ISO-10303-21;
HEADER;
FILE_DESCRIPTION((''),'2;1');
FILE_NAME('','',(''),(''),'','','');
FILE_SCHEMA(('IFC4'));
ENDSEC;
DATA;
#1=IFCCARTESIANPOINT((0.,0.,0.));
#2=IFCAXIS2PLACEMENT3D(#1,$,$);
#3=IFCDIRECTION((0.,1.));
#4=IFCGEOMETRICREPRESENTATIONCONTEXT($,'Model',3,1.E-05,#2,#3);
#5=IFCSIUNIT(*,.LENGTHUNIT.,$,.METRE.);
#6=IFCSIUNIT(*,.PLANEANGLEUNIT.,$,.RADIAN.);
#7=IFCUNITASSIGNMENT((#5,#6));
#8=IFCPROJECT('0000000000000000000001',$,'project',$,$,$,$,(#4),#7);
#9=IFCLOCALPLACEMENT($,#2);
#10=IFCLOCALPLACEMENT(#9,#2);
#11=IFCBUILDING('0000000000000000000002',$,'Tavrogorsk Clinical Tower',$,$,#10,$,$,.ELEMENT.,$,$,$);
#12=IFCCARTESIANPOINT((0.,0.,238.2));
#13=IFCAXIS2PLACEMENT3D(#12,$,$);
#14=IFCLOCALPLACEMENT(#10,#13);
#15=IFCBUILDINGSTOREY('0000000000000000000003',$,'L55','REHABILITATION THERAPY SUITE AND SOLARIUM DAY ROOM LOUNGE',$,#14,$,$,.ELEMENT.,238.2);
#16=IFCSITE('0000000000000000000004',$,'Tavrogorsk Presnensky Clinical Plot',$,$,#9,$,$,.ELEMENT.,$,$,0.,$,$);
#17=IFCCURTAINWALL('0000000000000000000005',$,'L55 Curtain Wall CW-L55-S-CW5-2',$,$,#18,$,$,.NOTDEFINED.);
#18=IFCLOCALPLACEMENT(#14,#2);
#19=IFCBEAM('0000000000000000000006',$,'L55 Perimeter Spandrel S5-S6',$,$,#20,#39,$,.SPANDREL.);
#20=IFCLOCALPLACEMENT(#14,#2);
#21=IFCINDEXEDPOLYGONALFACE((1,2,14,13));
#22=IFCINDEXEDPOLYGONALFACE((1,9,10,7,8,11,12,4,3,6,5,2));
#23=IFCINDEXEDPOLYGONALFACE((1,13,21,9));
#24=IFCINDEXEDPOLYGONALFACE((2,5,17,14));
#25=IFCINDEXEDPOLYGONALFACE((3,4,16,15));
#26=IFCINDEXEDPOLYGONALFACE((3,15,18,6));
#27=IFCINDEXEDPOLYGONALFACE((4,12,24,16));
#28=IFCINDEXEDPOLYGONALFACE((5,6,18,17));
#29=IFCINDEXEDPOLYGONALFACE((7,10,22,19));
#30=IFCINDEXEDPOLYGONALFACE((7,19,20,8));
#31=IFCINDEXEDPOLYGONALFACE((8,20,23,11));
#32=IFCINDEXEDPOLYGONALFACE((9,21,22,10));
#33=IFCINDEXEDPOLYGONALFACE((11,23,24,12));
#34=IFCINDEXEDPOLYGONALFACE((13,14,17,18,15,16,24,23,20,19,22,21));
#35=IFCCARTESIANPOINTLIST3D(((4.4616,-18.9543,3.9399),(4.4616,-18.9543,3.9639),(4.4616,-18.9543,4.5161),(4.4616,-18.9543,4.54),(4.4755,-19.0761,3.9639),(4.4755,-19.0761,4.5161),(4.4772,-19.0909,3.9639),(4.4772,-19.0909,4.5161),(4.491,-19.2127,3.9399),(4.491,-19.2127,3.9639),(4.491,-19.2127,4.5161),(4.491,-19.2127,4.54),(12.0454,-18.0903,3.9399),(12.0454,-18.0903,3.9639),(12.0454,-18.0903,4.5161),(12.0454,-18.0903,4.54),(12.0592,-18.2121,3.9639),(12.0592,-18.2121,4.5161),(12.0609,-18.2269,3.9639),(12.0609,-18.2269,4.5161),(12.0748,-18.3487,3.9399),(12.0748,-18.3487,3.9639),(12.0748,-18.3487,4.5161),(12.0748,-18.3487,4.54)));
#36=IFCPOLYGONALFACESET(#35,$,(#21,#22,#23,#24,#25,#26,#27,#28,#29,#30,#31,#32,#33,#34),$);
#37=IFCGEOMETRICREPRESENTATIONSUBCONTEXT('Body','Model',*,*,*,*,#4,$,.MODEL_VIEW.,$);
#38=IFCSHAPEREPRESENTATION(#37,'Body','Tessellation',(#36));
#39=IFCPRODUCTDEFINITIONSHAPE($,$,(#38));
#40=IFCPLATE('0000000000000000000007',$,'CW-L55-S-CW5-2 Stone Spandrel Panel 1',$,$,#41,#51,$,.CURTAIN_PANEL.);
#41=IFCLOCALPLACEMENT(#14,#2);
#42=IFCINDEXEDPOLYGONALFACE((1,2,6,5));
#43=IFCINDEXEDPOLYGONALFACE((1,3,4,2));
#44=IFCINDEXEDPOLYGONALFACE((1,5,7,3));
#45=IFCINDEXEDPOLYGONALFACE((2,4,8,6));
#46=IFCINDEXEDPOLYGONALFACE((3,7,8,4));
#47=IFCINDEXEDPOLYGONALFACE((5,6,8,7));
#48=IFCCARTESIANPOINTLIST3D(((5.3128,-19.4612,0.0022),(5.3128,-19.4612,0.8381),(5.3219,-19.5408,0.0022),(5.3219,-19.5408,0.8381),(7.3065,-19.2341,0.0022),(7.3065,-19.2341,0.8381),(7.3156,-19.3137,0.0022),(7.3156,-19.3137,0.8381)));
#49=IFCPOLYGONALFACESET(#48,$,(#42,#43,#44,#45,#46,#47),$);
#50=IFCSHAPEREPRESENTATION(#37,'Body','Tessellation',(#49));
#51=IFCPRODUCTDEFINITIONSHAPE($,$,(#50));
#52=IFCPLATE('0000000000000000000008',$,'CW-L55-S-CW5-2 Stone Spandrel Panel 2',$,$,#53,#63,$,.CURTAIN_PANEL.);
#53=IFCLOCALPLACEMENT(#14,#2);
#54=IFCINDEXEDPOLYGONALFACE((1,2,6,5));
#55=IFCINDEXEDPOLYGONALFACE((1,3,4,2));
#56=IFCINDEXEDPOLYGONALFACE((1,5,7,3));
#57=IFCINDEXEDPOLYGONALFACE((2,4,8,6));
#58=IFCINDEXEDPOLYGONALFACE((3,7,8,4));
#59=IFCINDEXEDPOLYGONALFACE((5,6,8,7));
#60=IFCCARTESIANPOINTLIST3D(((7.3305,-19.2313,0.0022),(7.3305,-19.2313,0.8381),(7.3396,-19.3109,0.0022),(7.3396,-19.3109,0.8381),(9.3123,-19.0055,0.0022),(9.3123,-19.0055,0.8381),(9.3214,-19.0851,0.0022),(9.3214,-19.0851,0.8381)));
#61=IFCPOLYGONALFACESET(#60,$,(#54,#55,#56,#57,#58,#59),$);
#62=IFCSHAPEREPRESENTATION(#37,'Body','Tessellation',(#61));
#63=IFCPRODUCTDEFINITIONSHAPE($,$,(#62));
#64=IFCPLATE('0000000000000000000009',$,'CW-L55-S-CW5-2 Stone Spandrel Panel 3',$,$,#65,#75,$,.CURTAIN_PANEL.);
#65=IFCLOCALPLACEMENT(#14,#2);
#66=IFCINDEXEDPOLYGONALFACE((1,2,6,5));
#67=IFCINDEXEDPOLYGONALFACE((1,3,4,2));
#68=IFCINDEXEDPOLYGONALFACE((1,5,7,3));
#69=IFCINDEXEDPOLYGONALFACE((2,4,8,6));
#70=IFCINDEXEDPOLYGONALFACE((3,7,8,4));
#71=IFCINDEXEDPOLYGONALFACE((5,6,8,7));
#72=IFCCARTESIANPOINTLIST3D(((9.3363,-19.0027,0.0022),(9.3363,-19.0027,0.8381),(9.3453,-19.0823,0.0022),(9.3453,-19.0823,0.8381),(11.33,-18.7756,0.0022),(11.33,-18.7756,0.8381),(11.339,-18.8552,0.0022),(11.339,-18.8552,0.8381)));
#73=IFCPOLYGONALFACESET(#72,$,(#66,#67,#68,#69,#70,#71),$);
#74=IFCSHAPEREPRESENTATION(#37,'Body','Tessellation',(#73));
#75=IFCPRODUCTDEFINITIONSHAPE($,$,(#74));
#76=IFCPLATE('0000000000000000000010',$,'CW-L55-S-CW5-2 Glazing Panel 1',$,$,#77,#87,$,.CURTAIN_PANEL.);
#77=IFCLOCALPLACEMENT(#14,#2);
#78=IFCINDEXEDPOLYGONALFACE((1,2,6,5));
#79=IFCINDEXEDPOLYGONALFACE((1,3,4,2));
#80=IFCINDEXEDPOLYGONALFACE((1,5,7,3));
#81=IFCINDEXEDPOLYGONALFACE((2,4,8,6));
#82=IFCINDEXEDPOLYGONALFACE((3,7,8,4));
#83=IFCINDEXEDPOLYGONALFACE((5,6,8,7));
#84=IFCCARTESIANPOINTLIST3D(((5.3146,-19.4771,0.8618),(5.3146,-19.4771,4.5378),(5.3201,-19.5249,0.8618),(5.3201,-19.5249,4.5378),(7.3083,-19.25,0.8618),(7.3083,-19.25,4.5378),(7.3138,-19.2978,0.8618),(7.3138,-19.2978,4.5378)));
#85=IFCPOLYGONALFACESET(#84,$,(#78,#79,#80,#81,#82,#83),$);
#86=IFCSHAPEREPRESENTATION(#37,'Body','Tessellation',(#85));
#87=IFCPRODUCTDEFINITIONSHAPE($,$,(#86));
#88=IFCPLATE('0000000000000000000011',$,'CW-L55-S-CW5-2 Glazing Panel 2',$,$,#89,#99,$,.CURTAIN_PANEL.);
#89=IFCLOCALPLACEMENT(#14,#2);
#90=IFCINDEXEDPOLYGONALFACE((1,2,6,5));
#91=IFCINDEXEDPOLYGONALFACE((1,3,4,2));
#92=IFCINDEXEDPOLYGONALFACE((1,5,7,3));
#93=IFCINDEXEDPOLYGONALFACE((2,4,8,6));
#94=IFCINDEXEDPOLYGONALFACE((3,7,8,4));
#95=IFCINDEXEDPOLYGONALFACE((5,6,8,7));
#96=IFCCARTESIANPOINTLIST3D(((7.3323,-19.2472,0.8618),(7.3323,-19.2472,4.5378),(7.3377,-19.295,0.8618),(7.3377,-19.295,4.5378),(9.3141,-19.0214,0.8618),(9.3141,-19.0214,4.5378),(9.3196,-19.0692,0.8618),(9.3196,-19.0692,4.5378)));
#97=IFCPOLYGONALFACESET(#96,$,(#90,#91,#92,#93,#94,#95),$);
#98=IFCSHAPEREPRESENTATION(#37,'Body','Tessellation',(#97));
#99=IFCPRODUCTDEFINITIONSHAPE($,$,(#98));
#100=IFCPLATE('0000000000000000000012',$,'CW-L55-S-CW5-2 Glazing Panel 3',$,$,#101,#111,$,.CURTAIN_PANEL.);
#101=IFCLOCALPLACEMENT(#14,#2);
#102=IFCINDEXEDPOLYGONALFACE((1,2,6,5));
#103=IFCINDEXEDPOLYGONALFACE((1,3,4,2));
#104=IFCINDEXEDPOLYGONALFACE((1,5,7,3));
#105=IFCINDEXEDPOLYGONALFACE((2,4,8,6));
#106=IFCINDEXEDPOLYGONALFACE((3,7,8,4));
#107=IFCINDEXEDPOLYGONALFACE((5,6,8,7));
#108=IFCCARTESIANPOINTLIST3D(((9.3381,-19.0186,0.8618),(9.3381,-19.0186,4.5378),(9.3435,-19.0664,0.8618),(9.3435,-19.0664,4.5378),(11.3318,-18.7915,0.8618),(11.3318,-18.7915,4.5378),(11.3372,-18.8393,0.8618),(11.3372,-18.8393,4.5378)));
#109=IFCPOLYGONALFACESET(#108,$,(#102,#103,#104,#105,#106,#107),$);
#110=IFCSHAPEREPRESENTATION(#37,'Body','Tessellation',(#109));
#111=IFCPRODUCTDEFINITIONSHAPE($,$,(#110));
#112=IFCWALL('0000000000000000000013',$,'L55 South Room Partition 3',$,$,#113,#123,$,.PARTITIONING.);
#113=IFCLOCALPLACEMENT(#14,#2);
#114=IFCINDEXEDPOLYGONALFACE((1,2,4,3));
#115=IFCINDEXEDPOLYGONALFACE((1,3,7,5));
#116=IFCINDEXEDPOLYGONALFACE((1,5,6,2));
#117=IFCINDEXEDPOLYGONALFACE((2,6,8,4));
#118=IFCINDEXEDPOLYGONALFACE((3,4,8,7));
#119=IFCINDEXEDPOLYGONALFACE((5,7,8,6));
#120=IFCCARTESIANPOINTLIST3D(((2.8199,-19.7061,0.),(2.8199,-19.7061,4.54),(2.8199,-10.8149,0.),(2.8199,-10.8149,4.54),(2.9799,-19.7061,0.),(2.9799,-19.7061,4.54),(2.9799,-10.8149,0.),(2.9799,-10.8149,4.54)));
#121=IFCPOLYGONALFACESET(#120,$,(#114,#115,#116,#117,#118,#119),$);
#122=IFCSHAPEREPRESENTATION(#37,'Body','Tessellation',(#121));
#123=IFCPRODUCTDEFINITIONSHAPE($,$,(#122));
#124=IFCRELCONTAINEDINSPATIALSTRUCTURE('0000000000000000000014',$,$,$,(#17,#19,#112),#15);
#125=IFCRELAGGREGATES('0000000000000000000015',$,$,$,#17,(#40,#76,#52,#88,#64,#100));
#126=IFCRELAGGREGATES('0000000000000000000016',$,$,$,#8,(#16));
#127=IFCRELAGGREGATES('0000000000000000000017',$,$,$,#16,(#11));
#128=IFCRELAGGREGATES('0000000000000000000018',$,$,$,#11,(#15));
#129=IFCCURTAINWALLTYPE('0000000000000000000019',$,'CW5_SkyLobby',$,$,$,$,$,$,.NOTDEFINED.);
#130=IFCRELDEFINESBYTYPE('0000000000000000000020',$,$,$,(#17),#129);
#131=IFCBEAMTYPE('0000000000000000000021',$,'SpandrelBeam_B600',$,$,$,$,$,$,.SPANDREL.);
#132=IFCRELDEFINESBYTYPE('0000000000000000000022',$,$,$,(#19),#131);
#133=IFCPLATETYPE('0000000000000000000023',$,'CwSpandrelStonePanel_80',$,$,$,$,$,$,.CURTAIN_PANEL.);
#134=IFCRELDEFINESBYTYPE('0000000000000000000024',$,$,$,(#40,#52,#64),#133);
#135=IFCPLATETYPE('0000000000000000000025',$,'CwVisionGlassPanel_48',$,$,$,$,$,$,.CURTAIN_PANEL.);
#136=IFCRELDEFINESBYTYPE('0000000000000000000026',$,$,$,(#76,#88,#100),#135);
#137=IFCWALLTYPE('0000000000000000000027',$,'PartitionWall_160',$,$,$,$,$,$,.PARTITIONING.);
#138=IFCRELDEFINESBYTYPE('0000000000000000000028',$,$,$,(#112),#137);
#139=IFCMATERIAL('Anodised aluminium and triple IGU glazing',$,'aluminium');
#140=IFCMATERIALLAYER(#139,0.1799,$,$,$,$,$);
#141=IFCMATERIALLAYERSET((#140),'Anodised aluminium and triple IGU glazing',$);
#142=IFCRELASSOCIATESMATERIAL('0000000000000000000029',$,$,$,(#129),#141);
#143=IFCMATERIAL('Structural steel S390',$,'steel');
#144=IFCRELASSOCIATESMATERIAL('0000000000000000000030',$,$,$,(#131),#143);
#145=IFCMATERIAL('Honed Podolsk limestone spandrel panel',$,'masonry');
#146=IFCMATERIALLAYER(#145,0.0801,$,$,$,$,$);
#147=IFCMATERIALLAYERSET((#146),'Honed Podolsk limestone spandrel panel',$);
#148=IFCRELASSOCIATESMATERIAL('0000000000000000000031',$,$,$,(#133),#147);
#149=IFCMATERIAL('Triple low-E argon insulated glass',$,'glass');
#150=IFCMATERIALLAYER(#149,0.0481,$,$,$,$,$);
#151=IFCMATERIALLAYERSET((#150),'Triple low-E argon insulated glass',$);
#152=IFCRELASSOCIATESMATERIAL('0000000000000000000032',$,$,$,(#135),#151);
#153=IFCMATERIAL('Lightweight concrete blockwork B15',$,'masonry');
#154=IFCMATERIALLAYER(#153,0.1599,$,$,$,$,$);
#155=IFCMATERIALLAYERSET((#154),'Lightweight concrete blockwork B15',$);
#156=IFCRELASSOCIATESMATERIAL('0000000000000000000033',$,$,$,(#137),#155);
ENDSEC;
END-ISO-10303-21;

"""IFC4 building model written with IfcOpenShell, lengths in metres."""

from ifc_helpers import new_model, si_unit, direction, frame, frame_2d, origin, origin_2d, place, context, subcontext, project, spatial, rectangle, i_section, extrude, material, layer, layer_set, material_profile, profile_set, type_object, element, aggregate, save


model = new_model("IFC4")

# Units and contexts
model_context = context("Model", 3, precision=1e-05, world=origin(), true_north=direction((0.0, 1.0)))
body_context = subcontext(model_context, "Body", "Model", "MODEL_VIEW")
ifc_project = project(units=[si_unit("LENGTHUNIT", "METRE"), si_unit("PLANEANGLEUNIT", "RADIAN")], contexts=[model_context])

# Site, building, storey
site_placement = place(None, origin())
site = spatial("IfcSite", under=ifc_project, at=site_placement, Name="Tavrogorsk Presnensky Clinical Plot", CompositionType="ELEMENT", RefElevation=0.0)
building_placement = place(site_placement, origin())
building = spatial("IfcBuilding", under=site, at=building_placement, Name="Tavrogorsk Clinical Tower", CompositionType="ELEMENT")
storey_placement = place(building_placement, frame((0.0, 0.0, 238.2)))
storey = spatial("IfcBuildingStorey", under=building, at=storey_placement, Name="L55", Description="REHABILITATION THERAPY SUITE AND SOLARIUM DAY ROOM LOUNGE", CompositionType="ELEMENT", Elevation=238.2)

# Curtain wall
ifc_material_1 = material(Name="Anodised aluminium and triple IGU glazing", Category="aluminium")
ifc_layer_1 = layer(ifc_material_1, 0.1799)
ifc_layer_set_1 = layer_set([ifc_layer_1], Name="Anodised aluminium and triple IGU glazing")
curtain_wall_type = type_object("IfcCurtainWallType", Name="CW5_SkyLobby", PredefinedType="NOTDEFINED", material=ifc_layer_set_1)
curtain_wall_placement = place(storey_placement, origin())
curtain_wall = element("IfcCurtainWall", 1, at=curtain_wall_placement, inside=storey, type_object=curtain_wall_type, Name="L55 Curtain Wall CW-L55-S-CW5-2", PredefinedType="NOTDEFINED")

# Beam
ifc_material_2 = material(Name="Structural steel S390", Category="steel")
ifc_material_profile_1 = material_profile(ifc_material_2, i_section(OverallWidth=0.26, OverallDepth=0.6001, WebThickness=0.0149, FlangeThickness=0.0239, at=origin_2d()), Name="B-600x260x15x24")
ifc_profile_set_1 = profile_set([ifc_material_profile_1], Name="Structural steel S390")
beam_type = type_object("IfcBeamType", Name="SpandrelBeam_B600", PredefinedType="SPANDREL", material=ifc_profile_set_1)
beam_placement = place(storey_placement, frame((4.4763, -19.0835, 4.24), z_axis=(0.993573, 0.113197, 0.0), x_axis=(-0.113197, 0.993573, 0.0)))
element("IfcBeam", 2, at=beam_placement, inside=storey, type_object=beam_type, Name="L55 Perimeter Spandrel S5-S6", PredefinedType="SPANDREL", context=body_context, shape_type="SweptSolid", body=[
    extrude(i_section(OverallWidth=0.26, OverallDepth=0.6001, WebThickness=0.0149, FlangeThickness=0.0239, at=origin_2d()), origin(), (0.0, 0.0, 1.0), 7.6328),
])

# Plates
ifc_material_3 = material(Name="Honed Podolsk limestone spandrel panel", Category="masonry")
ifc_layer_2 = layer(ifc_material_3, 0.0801)
ifc_layer_set_2 = layer_set([ifc_layer_2], Name="Honed Podolsk limestone spandrel panel")
plate_type_1 = type_object("IfcPlateType", Name="CwSpandrelStonePanel_80", PredefinedType="CURTAIN_PANEL", material=ifc_layer_set_2)
plate_1_placement = place(storey_placement, frame((6.3142, -19.3875, 0.0022), z_axis=(0.0, 0.0, 1.0), x_axis=(0.993572, 0.113203, 0.0)))
plate_1 = element("IfcPlate", 3, at=plate_1_placement, type_object=plate_type_1, Name="CW-L55-S-CW5-2 Stone Spandrel Panel 1", PredefinedType="CURTAIN_PANEL", context=body_context, shape_type="SweptSolid", body=[
    extrude(rectangle(XDim=2.0066, YDim=0.0801, at=origin_2d()), origin(), (0.0, 0.0, 1.0), 0.8359),
])
plate_2_placement = place(storey_placement, frame((8.3259, -19.1582, 0.0022), z_axis=(0.0, 0.0, 1.0), x_axis=(0.993572, 0.113203, 0.0)))
plate_2 = element("IfcPlate", 4, at=plate_2_placement, type_object=plate_type_1, Name="CW-L55-S-CW5-2 Stone Spandrel Panel 2", PredefinedType="CURTAIN_PANEL", context=body_context, shape_type="SweptSolid", body=[
    extrude(rectangle(XDim=1.9946, YDim=0.0801, at=origin_2d()), origin(), (0.0, 0.0, 1.0), 0.8359),
])
plate_3_placement = place(storey_placement, frame((10.3376, -18.929, 0.0022), z_axis=(0.0, 0.0, 1.0), x_axis=(0.993572, 0.113203, 0.0)))
plate_3 = element("IfcPlate", 5, at=plate_3_placement, type_object=plate_type_1, Name="CW-L55-S-CW5-2 Stone Spandrel Panel 3", PredefinedType="CURTAIN_PANEL", context=body_context, shape_type="SweptSolid", body=[
    extrude(rectangle(XDim=2.0066, YDim=0.0801, at=origin_2d()), origin(), (0.0, 0.0, 1.0), 0.8359),
])
ifc_material_4 = material(Name="Triple low-E argon insulated glass", Category="glass")
ifc_layer_3 = layer(ifc_material_4, 0.0481)
ifc_layer_set_3 = layer_set([ifc_layer_3], Name="Triple low-E argon insulated glass")
plate_type_2 = type_object("IfcPlateType", Name="CwVisionGlassPanel_48", PredefinedType="CURTAIN_PANEL", material=ifc_layer_set_3)
plate_4_placement = place(storey_placement, frame((6.3142, -19.3875, 0.8618), z_axis=(0.0, 0.0, 1.0), x_axis=(0.993572, 0.113203, 0.0)))
plate_4 = element("IfcPlate", 6, at=plate_4_placement, type_object=plate_type_2, Name="CW-L55-S-CW5-2 Glazing Panel 1", PredefinedType="CURTAIN_PANEL", context=body_context, shape_type="SweptSolid", body=[
    extrude(rectangle(XDim=2.0066, YDim=0.0481, at=origin_2d()), origin(), (0.0, 0.0, 1.0), 3.676),
])
plate_5_placement = place(storey_placement, frame((8.3259, -19.1582, 0.8618), z_axis=(0.0, 0.0, 1.0), x_axis=(0.993572, 0.113203, 0.0)))
plate_5 = element("IfcPlate", 7, at=plate_5_placement, type_object=plate_type_2, Name="CW-L55-S-CW5-2 Glazing Panel 2", PredefinedType="CURTAIN_PANEL", context=body_context, shape_type="SweptSolid", body=[
    extrude(rectangle(XDim=1.9946, YDim=0.0481, at=origin_2d()), origin(), (0.0, 0.0, 1.0), 3.676),
])
plate_6_placement = place(storey_placement, frame((10.3376, -18.929, 0.8618), z_axis=(0.0, 0.0, 1.0), x_axis=(0.993572, 0.113203, 0.0)))
plate_6 = element("IfcPlate", 8, at=plate_6_placement, type_object=plate_type_2, Name="CW-L55-S-CW5-2 Glazing Panel 3", PredefinedType="CURTAIN_PANEL", context=body_context, shape_type="SweptSolid", body=[
    extrude(rectangle(XDim=2.0066, YDim=0.0481, at=origin_2d()), origin(), (0.0, 0.0, 1.0), 3.676),
])
aggregate(curtain_wall, [plate_1, plate_4, plate_2, plate_5, plate_3, plate_6])

# Wall
ifc_material_5 = material(Name="Lightweight concrete blockwork B15", Category="masonry")
ifc_layer_4 = layer(ifc_material_5, 0.1599)
ifc_layer_set_4 = layer_set([ifc_layer_4], Name="Lightweight concrete blockwork B15")
wall_type_1 = type_object("IfcWallType", Name="PartitionWall_160", PredefinedType="PARTITIONING", material=ifc_layer_set_4)
wall_1_placement = place(storey_placement, frame((2.8999, -19.7061, 0.0), z_axis=(0.0, 0.0, 1.0), x_axis=(0.0, 1.0, 0.0)))
element("IfcWall", 9, at=wall_1_placement, inside=storey, type_object=wall_type_1, Name="L55 South Room Partition 3", PredefinedType="PARTITIONING", context=body_context, shape_type="SweptSolid", body=[
    extrude(rectangle(XDim=8.8911, YDim=0.1599, at=frame_2d((4.4456, 0.0))), origin(), (0.0, 0.0, 1.0), 4.54),
])

save(model, "model.ifc")
